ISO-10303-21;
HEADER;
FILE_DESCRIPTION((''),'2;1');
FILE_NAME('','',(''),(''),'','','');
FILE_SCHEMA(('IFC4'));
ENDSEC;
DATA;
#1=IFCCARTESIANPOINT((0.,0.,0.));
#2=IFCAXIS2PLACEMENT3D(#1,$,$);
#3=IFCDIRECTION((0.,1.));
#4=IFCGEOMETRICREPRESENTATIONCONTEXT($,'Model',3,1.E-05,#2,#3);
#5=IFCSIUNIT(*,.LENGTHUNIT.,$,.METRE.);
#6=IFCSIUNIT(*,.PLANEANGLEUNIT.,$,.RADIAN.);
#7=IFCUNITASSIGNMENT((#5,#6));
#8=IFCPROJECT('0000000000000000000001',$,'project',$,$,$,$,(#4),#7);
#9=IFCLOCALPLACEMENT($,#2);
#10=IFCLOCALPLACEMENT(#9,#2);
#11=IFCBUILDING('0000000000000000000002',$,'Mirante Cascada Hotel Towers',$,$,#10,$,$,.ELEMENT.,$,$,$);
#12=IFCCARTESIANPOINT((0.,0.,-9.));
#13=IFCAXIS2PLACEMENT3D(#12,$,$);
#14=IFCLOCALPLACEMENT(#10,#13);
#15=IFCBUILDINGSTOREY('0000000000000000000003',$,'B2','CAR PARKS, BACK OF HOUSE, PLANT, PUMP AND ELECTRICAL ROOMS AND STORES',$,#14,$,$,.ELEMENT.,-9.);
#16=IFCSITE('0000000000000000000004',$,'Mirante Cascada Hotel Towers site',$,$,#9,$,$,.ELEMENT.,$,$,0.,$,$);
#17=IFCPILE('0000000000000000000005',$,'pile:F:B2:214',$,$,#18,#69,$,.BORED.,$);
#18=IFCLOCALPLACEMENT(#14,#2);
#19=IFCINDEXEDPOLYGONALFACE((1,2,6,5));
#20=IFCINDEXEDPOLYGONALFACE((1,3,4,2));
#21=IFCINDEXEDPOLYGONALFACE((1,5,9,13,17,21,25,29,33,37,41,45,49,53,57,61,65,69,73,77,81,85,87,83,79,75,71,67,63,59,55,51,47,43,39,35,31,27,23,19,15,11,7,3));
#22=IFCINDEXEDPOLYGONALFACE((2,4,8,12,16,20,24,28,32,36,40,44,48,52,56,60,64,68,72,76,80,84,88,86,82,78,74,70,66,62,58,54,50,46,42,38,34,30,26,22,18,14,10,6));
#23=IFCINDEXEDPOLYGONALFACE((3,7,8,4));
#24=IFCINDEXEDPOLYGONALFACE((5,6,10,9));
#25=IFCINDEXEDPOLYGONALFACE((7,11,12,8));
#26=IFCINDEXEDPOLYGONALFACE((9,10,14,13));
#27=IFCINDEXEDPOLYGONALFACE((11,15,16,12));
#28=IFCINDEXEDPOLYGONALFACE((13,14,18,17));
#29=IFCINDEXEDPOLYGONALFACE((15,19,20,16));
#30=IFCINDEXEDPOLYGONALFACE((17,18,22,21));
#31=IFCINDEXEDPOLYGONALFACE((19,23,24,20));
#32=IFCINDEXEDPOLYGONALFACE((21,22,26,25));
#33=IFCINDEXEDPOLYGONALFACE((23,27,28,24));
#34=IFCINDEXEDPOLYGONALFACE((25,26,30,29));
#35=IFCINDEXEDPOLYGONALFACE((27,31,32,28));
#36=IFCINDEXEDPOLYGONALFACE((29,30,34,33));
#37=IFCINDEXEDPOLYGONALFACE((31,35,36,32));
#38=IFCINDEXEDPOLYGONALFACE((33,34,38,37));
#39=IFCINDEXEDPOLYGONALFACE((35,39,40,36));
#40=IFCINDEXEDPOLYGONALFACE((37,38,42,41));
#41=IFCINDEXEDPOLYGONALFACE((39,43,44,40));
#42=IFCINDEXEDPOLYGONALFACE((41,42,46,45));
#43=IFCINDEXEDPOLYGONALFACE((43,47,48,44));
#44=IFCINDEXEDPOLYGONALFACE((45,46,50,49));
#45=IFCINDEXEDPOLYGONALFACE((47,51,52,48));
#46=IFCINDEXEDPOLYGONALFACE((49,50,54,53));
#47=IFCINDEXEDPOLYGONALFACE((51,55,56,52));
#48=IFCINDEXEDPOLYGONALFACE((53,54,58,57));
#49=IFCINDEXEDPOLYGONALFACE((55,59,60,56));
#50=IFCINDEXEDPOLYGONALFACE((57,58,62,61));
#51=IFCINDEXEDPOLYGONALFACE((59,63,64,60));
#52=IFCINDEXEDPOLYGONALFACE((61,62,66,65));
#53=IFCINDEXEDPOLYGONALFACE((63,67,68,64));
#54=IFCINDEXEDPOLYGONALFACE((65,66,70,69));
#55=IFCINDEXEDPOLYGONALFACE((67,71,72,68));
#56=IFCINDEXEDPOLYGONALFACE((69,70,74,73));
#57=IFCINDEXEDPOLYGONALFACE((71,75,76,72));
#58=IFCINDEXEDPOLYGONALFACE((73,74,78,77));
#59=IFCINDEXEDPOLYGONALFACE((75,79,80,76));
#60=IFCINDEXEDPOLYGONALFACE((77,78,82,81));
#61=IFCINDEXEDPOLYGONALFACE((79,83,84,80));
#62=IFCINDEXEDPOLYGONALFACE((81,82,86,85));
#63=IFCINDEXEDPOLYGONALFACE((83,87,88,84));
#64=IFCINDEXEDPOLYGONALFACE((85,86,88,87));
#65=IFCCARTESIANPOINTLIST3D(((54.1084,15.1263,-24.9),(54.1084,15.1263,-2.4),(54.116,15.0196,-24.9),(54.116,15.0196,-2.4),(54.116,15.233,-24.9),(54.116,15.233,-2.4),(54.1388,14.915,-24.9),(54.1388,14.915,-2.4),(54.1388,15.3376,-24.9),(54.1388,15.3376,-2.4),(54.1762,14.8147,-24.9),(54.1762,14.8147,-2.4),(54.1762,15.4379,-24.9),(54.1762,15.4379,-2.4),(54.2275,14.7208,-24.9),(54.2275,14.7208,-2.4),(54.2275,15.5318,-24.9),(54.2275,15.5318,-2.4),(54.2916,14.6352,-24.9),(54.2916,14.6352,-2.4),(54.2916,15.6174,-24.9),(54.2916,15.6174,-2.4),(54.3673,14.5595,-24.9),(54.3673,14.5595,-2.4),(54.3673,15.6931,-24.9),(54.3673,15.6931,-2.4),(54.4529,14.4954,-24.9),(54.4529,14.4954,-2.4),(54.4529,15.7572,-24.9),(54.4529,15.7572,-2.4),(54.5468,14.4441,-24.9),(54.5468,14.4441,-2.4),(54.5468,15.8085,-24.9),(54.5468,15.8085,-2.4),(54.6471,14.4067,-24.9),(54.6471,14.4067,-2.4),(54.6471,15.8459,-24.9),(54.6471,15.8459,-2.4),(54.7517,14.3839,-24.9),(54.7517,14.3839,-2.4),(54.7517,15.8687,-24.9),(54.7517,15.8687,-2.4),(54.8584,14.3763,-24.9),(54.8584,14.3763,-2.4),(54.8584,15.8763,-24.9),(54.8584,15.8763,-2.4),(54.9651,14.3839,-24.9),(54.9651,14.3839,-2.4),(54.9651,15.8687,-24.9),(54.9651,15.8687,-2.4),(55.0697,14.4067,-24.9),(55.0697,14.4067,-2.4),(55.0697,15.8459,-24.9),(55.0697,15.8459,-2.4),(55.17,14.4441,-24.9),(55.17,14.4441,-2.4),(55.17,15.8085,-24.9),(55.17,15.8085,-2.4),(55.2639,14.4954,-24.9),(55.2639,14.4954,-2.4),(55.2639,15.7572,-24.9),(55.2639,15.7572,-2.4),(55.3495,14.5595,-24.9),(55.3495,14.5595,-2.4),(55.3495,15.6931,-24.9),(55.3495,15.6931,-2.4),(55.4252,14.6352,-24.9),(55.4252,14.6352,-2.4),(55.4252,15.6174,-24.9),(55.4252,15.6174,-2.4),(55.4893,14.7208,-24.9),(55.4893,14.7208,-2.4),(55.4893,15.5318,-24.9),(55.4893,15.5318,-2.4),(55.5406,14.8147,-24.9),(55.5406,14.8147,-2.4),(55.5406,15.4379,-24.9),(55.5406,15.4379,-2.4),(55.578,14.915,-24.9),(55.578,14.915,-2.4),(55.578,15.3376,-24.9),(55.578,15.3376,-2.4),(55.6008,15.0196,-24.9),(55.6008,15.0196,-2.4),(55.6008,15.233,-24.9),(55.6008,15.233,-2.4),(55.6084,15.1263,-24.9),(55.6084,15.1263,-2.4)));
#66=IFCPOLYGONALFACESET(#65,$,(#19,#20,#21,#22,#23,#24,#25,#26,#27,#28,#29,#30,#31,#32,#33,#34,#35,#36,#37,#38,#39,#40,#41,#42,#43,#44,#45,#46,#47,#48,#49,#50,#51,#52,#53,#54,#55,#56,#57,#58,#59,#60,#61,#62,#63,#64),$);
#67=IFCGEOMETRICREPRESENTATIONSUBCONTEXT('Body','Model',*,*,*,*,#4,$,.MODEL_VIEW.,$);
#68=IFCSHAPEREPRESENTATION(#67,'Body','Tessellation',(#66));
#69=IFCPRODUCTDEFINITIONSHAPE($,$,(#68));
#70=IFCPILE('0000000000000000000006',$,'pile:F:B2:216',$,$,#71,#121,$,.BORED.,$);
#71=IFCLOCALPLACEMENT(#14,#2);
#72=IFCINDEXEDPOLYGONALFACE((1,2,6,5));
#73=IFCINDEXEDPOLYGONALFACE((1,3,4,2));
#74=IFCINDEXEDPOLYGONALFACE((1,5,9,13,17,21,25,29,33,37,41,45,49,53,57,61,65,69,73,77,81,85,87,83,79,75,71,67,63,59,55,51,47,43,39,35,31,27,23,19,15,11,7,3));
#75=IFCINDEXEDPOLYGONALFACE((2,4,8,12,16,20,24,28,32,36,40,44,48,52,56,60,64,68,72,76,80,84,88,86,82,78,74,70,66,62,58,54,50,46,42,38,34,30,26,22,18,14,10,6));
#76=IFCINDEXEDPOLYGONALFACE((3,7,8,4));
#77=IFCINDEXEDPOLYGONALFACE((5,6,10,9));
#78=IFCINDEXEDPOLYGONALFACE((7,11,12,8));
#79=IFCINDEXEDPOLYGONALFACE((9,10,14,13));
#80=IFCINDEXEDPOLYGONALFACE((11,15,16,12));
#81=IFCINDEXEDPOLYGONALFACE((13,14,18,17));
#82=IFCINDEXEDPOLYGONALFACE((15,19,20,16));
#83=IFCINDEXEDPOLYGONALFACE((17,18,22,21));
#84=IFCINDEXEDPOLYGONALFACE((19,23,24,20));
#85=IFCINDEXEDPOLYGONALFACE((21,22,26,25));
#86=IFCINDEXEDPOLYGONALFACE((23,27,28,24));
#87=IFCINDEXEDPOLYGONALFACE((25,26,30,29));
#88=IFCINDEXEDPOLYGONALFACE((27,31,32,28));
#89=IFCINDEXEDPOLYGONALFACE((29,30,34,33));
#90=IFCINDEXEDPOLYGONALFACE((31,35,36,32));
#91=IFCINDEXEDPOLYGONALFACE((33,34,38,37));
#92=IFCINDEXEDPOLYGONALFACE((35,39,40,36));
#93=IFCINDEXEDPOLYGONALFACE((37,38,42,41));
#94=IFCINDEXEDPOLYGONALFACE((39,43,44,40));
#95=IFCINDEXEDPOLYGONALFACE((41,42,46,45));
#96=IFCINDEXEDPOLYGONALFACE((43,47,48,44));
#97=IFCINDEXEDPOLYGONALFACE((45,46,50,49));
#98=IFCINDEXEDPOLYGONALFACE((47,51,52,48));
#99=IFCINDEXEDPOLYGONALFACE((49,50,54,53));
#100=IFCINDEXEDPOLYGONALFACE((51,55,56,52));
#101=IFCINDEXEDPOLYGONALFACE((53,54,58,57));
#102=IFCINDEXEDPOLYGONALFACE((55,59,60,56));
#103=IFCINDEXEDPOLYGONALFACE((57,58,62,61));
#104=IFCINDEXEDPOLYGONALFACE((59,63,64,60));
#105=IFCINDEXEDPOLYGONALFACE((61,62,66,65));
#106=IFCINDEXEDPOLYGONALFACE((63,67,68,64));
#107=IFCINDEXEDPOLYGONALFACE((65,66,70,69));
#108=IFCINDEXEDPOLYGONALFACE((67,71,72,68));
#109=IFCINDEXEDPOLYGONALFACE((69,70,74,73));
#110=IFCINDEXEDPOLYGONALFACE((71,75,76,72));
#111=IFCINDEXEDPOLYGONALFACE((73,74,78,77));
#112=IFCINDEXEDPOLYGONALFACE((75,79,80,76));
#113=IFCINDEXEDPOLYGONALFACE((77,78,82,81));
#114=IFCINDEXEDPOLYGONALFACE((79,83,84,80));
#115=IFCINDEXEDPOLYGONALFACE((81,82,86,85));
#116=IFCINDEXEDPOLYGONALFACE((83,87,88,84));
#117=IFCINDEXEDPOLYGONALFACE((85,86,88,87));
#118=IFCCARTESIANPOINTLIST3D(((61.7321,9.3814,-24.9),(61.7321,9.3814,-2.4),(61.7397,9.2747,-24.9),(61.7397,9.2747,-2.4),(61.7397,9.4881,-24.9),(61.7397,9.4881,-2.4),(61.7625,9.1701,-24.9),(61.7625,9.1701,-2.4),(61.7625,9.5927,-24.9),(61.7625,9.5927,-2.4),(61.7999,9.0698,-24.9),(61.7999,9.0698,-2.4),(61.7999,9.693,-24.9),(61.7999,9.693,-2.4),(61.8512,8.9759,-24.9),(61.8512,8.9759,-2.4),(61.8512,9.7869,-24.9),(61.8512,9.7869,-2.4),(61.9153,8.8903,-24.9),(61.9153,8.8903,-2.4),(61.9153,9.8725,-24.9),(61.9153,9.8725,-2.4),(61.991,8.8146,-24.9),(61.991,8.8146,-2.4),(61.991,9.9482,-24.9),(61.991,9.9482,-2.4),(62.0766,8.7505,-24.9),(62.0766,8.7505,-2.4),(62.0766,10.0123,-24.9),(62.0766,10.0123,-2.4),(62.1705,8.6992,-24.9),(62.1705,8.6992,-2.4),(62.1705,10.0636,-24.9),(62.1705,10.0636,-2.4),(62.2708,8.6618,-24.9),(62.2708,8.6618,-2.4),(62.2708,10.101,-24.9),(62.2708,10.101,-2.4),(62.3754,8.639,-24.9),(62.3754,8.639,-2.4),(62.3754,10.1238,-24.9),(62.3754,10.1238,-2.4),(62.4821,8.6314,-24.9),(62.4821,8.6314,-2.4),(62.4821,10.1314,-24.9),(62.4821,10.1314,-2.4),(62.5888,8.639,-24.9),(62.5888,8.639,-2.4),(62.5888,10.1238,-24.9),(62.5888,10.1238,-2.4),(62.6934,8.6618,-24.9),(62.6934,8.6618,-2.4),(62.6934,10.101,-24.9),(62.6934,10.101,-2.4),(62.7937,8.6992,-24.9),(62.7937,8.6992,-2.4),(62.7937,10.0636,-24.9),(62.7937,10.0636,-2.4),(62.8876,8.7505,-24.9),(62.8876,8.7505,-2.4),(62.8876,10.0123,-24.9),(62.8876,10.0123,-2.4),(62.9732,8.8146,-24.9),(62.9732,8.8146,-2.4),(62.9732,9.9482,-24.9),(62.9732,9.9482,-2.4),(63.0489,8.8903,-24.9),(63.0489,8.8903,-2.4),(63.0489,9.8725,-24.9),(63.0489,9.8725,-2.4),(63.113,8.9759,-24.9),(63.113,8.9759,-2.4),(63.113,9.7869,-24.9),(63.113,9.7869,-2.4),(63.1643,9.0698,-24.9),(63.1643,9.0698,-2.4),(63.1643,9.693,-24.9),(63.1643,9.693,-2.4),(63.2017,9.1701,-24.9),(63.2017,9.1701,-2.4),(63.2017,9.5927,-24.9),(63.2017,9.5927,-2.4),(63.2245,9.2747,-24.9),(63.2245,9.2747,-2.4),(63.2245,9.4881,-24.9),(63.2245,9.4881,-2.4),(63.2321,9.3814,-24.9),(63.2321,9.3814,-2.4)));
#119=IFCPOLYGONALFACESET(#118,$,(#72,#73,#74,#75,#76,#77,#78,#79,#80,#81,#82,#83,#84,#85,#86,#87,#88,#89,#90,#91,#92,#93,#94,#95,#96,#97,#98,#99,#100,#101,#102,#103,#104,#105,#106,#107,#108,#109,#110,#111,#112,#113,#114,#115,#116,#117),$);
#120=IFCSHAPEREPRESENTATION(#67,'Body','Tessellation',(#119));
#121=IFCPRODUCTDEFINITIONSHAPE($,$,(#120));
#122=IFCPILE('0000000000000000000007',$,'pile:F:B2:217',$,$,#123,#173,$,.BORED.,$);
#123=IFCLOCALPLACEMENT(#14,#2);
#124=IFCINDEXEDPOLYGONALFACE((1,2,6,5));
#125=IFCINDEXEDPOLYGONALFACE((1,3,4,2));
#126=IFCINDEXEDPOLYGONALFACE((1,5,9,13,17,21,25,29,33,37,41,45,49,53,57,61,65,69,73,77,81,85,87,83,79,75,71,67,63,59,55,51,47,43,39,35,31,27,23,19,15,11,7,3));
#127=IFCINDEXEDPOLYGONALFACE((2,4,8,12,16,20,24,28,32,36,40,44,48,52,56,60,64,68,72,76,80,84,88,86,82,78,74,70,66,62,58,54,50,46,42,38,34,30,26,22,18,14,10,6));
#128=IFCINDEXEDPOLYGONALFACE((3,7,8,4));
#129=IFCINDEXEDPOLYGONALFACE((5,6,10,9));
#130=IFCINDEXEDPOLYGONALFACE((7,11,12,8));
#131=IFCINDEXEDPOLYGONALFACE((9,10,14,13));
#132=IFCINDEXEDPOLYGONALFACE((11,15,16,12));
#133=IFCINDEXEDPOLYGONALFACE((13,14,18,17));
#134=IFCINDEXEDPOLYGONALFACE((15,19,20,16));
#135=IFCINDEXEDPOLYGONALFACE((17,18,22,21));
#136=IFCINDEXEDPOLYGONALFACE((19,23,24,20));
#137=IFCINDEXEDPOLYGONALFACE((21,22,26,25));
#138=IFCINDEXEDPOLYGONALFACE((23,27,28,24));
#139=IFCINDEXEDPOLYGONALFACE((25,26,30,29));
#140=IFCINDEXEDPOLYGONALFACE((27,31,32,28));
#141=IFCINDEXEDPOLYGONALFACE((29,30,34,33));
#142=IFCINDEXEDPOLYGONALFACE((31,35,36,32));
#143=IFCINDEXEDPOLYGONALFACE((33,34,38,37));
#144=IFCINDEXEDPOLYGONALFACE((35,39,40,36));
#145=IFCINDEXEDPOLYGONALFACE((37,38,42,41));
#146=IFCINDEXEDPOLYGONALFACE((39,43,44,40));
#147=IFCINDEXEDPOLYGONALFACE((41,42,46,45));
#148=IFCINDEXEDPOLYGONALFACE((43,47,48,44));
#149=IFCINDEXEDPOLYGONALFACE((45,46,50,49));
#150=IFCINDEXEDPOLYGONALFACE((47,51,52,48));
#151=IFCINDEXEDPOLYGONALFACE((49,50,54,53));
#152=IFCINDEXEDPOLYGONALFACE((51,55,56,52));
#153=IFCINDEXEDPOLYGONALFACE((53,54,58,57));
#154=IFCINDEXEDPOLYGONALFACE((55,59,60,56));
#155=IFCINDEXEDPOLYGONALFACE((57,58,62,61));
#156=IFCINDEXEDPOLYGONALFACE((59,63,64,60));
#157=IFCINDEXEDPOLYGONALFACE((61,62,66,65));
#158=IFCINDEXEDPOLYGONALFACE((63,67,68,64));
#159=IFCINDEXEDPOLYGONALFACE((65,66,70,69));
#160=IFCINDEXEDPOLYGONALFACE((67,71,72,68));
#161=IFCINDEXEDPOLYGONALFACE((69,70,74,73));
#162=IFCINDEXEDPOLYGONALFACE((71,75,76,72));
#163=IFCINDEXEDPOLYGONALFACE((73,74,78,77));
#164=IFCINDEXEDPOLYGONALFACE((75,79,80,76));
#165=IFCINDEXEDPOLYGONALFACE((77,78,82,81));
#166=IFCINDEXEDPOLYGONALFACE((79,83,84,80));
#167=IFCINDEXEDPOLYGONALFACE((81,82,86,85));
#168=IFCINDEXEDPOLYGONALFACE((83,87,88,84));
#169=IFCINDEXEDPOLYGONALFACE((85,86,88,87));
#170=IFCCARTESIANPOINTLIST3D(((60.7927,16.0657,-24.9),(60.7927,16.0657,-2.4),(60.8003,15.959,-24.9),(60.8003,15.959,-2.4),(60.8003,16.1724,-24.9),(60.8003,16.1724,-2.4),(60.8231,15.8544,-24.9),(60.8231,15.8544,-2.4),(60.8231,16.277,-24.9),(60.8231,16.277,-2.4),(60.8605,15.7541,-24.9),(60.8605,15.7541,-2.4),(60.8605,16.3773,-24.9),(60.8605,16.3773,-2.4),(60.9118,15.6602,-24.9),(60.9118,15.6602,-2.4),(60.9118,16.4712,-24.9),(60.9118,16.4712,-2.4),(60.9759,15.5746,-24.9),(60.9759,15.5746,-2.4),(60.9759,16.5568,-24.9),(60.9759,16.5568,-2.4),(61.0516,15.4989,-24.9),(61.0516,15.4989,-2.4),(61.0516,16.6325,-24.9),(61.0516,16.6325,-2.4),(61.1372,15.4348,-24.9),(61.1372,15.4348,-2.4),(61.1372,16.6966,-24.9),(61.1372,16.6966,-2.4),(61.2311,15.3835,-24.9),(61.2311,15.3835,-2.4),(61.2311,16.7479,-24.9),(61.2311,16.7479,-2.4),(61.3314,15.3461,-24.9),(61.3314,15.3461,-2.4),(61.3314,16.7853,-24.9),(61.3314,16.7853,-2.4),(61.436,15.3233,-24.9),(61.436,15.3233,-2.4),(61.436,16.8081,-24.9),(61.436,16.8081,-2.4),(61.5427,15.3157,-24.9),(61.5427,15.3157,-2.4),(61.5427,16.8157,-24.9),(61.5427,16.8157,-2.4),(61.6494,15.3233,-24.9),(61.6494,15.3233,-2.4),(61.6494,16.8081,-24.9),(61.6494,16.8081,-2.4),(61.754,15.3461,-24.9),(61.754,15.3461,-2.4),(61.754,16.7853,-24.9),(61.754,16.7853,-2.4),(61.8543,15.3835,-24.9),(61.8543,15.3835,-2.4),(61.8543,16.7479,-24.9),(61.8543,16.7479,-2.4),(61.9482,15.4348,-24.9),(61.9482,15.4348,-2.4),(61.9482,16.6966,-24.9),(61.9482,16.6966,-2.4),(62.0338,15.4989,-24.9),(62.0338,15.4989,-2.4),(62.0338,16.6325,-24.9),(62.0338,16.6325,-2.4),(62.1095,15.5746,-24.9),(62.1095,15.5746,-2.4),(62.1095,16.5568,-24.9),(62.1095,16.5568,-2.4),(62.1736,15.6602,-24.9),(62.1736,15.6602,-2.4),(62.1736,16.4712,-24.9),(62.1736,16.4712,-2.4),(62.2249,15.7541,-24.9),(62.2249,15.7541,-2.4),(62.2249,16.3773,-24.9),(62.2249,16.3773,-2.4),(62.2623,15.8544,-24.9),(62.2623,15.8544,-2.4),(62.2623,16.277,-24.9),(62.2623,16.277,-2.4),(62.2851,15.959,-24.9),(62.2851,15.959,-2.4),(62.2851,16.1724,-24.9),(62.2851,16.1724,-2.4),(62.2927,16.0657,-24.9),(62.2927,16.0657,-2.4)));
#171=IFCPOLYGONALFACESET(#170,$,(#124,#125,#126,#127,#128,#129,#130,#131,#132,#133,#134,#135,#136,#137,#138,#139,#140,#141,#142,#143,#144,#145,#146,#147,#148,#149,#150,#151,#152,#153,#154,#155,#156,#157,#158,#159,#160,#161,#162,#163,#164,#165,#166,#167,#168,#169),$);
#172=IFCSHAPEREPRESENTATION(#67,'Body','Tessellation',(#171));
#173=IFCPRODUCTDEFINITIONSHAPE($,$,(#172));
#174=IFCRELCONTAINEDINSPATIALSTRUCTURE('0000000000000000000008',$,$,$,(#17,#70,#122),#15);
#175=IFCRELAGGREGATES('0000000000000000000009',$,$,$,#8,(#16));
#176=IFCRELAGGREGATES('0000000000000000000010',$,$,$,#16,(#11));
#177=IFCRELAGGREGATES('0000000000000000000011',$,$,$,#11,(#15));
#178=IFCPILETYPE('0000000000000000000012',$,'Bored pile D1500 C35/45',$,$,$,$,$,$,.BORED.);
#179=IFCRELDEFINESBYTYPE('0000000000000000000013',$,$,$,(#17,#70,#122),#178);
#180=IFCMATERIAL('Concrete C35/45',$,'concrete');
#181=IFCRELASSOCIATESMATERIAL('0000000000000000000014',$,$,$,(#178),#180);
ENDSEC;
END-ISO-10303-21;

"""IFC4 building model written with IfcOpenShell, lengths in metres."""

from ifc_helpers import new_model, si_unit, direction, frame, origin, origin_2d, place, context, subcontext, project, spatial, circle, extrude, material, material_profile, profile_set, type_object, element, save


model = new_model("IFC4")

# Units and contexts
model_context = context("Model", 3, precision=1e-05, world=origin(), true_north=direction((0.0, 1.0)))
body_context = subcontext(model_context, "Body", "Model", "MODEL_VIEW")
ifc_project = project(units=[si_unit("LENGTHUNIT", "METRE"), si_unit("PLANEANGLEUNIT", "RADIAN")], contexts=[model_context])

# Site, building, storey
site_placement = place(None, origin())
site = spatial("IfcSite", under=ifc_project, at=site_placement, Name="Mirante Cascada Hotel Towers site", CompositionType="ELEMENT", RefElevation=0.0)
building_placement = place(site_placement, origin())
building = spatial("IfcBuilding", under=site, at=building_placement, Name="Mirante Cascada Hotel Towers", CompositionType="ELEMENT")
storey_placement = place(building_placement, frame((0.0, 0.0, -9.0)))
storey = spatial("IfcBuildingStorey", under=building, at=storey_placement, Name="B2", Description="CAR PARKS, BACK OF HOUSE, PLANT, PUMP AND ELECTRICAL ROOMS AND STORES", CompositionType="ELEMENT", Elevation=-9.0)

# Piles
ifc_material_1 = material(Name="Concrete C35/45", Category="concrete")
ifc_material_profile_1 = material_profile(ifc_material_1, circle(Radius=0.75, at=origin_2d()), Name="RC D1500")
ifc_profile_set_1 = profile_set([ifc_material_profile_1], Name="Concrete C35/45")
pile_type = type_object("IfcPileType", Name="Bored pile D1500 C35/45", PredefinedType="BORED", material=ifc_profile_set_1)
for number, where, z_axis, x_axis, name in (
    (1, (54.8584, 15.1263, -2.4), (0.0, 0.0, -1.0), (1.0, 0.0, 0.0), "pile:F:B2:214"),
    (2, (62.4821, 9.3814, -2.4), (0.0, 0.0, -1.0), (1.0, 0.0, 0.0), "pile:F:B2:216"),
    (3, (61.5427, 16.0657, -2.4), (0.0, 0.0, -1.0), (1.0, 0.0, 0.0), "pile:F:B2:217"),
):
    element("IfcPile", number, at=place(storey_placement, frame(where, z_axis=z_axis, x_axis=x_axis)), inside=storey, type_object=pile_type, Name=name, PredefinedType="BORED", context=body_context, shape_type="SweptSolid", body=[
        extrude(circle(Radius=0.75, at=origin_2d()), origin(), (0.0, 0.0, 1.0), 22.5),
    ])

save(model, "model.ifc")
